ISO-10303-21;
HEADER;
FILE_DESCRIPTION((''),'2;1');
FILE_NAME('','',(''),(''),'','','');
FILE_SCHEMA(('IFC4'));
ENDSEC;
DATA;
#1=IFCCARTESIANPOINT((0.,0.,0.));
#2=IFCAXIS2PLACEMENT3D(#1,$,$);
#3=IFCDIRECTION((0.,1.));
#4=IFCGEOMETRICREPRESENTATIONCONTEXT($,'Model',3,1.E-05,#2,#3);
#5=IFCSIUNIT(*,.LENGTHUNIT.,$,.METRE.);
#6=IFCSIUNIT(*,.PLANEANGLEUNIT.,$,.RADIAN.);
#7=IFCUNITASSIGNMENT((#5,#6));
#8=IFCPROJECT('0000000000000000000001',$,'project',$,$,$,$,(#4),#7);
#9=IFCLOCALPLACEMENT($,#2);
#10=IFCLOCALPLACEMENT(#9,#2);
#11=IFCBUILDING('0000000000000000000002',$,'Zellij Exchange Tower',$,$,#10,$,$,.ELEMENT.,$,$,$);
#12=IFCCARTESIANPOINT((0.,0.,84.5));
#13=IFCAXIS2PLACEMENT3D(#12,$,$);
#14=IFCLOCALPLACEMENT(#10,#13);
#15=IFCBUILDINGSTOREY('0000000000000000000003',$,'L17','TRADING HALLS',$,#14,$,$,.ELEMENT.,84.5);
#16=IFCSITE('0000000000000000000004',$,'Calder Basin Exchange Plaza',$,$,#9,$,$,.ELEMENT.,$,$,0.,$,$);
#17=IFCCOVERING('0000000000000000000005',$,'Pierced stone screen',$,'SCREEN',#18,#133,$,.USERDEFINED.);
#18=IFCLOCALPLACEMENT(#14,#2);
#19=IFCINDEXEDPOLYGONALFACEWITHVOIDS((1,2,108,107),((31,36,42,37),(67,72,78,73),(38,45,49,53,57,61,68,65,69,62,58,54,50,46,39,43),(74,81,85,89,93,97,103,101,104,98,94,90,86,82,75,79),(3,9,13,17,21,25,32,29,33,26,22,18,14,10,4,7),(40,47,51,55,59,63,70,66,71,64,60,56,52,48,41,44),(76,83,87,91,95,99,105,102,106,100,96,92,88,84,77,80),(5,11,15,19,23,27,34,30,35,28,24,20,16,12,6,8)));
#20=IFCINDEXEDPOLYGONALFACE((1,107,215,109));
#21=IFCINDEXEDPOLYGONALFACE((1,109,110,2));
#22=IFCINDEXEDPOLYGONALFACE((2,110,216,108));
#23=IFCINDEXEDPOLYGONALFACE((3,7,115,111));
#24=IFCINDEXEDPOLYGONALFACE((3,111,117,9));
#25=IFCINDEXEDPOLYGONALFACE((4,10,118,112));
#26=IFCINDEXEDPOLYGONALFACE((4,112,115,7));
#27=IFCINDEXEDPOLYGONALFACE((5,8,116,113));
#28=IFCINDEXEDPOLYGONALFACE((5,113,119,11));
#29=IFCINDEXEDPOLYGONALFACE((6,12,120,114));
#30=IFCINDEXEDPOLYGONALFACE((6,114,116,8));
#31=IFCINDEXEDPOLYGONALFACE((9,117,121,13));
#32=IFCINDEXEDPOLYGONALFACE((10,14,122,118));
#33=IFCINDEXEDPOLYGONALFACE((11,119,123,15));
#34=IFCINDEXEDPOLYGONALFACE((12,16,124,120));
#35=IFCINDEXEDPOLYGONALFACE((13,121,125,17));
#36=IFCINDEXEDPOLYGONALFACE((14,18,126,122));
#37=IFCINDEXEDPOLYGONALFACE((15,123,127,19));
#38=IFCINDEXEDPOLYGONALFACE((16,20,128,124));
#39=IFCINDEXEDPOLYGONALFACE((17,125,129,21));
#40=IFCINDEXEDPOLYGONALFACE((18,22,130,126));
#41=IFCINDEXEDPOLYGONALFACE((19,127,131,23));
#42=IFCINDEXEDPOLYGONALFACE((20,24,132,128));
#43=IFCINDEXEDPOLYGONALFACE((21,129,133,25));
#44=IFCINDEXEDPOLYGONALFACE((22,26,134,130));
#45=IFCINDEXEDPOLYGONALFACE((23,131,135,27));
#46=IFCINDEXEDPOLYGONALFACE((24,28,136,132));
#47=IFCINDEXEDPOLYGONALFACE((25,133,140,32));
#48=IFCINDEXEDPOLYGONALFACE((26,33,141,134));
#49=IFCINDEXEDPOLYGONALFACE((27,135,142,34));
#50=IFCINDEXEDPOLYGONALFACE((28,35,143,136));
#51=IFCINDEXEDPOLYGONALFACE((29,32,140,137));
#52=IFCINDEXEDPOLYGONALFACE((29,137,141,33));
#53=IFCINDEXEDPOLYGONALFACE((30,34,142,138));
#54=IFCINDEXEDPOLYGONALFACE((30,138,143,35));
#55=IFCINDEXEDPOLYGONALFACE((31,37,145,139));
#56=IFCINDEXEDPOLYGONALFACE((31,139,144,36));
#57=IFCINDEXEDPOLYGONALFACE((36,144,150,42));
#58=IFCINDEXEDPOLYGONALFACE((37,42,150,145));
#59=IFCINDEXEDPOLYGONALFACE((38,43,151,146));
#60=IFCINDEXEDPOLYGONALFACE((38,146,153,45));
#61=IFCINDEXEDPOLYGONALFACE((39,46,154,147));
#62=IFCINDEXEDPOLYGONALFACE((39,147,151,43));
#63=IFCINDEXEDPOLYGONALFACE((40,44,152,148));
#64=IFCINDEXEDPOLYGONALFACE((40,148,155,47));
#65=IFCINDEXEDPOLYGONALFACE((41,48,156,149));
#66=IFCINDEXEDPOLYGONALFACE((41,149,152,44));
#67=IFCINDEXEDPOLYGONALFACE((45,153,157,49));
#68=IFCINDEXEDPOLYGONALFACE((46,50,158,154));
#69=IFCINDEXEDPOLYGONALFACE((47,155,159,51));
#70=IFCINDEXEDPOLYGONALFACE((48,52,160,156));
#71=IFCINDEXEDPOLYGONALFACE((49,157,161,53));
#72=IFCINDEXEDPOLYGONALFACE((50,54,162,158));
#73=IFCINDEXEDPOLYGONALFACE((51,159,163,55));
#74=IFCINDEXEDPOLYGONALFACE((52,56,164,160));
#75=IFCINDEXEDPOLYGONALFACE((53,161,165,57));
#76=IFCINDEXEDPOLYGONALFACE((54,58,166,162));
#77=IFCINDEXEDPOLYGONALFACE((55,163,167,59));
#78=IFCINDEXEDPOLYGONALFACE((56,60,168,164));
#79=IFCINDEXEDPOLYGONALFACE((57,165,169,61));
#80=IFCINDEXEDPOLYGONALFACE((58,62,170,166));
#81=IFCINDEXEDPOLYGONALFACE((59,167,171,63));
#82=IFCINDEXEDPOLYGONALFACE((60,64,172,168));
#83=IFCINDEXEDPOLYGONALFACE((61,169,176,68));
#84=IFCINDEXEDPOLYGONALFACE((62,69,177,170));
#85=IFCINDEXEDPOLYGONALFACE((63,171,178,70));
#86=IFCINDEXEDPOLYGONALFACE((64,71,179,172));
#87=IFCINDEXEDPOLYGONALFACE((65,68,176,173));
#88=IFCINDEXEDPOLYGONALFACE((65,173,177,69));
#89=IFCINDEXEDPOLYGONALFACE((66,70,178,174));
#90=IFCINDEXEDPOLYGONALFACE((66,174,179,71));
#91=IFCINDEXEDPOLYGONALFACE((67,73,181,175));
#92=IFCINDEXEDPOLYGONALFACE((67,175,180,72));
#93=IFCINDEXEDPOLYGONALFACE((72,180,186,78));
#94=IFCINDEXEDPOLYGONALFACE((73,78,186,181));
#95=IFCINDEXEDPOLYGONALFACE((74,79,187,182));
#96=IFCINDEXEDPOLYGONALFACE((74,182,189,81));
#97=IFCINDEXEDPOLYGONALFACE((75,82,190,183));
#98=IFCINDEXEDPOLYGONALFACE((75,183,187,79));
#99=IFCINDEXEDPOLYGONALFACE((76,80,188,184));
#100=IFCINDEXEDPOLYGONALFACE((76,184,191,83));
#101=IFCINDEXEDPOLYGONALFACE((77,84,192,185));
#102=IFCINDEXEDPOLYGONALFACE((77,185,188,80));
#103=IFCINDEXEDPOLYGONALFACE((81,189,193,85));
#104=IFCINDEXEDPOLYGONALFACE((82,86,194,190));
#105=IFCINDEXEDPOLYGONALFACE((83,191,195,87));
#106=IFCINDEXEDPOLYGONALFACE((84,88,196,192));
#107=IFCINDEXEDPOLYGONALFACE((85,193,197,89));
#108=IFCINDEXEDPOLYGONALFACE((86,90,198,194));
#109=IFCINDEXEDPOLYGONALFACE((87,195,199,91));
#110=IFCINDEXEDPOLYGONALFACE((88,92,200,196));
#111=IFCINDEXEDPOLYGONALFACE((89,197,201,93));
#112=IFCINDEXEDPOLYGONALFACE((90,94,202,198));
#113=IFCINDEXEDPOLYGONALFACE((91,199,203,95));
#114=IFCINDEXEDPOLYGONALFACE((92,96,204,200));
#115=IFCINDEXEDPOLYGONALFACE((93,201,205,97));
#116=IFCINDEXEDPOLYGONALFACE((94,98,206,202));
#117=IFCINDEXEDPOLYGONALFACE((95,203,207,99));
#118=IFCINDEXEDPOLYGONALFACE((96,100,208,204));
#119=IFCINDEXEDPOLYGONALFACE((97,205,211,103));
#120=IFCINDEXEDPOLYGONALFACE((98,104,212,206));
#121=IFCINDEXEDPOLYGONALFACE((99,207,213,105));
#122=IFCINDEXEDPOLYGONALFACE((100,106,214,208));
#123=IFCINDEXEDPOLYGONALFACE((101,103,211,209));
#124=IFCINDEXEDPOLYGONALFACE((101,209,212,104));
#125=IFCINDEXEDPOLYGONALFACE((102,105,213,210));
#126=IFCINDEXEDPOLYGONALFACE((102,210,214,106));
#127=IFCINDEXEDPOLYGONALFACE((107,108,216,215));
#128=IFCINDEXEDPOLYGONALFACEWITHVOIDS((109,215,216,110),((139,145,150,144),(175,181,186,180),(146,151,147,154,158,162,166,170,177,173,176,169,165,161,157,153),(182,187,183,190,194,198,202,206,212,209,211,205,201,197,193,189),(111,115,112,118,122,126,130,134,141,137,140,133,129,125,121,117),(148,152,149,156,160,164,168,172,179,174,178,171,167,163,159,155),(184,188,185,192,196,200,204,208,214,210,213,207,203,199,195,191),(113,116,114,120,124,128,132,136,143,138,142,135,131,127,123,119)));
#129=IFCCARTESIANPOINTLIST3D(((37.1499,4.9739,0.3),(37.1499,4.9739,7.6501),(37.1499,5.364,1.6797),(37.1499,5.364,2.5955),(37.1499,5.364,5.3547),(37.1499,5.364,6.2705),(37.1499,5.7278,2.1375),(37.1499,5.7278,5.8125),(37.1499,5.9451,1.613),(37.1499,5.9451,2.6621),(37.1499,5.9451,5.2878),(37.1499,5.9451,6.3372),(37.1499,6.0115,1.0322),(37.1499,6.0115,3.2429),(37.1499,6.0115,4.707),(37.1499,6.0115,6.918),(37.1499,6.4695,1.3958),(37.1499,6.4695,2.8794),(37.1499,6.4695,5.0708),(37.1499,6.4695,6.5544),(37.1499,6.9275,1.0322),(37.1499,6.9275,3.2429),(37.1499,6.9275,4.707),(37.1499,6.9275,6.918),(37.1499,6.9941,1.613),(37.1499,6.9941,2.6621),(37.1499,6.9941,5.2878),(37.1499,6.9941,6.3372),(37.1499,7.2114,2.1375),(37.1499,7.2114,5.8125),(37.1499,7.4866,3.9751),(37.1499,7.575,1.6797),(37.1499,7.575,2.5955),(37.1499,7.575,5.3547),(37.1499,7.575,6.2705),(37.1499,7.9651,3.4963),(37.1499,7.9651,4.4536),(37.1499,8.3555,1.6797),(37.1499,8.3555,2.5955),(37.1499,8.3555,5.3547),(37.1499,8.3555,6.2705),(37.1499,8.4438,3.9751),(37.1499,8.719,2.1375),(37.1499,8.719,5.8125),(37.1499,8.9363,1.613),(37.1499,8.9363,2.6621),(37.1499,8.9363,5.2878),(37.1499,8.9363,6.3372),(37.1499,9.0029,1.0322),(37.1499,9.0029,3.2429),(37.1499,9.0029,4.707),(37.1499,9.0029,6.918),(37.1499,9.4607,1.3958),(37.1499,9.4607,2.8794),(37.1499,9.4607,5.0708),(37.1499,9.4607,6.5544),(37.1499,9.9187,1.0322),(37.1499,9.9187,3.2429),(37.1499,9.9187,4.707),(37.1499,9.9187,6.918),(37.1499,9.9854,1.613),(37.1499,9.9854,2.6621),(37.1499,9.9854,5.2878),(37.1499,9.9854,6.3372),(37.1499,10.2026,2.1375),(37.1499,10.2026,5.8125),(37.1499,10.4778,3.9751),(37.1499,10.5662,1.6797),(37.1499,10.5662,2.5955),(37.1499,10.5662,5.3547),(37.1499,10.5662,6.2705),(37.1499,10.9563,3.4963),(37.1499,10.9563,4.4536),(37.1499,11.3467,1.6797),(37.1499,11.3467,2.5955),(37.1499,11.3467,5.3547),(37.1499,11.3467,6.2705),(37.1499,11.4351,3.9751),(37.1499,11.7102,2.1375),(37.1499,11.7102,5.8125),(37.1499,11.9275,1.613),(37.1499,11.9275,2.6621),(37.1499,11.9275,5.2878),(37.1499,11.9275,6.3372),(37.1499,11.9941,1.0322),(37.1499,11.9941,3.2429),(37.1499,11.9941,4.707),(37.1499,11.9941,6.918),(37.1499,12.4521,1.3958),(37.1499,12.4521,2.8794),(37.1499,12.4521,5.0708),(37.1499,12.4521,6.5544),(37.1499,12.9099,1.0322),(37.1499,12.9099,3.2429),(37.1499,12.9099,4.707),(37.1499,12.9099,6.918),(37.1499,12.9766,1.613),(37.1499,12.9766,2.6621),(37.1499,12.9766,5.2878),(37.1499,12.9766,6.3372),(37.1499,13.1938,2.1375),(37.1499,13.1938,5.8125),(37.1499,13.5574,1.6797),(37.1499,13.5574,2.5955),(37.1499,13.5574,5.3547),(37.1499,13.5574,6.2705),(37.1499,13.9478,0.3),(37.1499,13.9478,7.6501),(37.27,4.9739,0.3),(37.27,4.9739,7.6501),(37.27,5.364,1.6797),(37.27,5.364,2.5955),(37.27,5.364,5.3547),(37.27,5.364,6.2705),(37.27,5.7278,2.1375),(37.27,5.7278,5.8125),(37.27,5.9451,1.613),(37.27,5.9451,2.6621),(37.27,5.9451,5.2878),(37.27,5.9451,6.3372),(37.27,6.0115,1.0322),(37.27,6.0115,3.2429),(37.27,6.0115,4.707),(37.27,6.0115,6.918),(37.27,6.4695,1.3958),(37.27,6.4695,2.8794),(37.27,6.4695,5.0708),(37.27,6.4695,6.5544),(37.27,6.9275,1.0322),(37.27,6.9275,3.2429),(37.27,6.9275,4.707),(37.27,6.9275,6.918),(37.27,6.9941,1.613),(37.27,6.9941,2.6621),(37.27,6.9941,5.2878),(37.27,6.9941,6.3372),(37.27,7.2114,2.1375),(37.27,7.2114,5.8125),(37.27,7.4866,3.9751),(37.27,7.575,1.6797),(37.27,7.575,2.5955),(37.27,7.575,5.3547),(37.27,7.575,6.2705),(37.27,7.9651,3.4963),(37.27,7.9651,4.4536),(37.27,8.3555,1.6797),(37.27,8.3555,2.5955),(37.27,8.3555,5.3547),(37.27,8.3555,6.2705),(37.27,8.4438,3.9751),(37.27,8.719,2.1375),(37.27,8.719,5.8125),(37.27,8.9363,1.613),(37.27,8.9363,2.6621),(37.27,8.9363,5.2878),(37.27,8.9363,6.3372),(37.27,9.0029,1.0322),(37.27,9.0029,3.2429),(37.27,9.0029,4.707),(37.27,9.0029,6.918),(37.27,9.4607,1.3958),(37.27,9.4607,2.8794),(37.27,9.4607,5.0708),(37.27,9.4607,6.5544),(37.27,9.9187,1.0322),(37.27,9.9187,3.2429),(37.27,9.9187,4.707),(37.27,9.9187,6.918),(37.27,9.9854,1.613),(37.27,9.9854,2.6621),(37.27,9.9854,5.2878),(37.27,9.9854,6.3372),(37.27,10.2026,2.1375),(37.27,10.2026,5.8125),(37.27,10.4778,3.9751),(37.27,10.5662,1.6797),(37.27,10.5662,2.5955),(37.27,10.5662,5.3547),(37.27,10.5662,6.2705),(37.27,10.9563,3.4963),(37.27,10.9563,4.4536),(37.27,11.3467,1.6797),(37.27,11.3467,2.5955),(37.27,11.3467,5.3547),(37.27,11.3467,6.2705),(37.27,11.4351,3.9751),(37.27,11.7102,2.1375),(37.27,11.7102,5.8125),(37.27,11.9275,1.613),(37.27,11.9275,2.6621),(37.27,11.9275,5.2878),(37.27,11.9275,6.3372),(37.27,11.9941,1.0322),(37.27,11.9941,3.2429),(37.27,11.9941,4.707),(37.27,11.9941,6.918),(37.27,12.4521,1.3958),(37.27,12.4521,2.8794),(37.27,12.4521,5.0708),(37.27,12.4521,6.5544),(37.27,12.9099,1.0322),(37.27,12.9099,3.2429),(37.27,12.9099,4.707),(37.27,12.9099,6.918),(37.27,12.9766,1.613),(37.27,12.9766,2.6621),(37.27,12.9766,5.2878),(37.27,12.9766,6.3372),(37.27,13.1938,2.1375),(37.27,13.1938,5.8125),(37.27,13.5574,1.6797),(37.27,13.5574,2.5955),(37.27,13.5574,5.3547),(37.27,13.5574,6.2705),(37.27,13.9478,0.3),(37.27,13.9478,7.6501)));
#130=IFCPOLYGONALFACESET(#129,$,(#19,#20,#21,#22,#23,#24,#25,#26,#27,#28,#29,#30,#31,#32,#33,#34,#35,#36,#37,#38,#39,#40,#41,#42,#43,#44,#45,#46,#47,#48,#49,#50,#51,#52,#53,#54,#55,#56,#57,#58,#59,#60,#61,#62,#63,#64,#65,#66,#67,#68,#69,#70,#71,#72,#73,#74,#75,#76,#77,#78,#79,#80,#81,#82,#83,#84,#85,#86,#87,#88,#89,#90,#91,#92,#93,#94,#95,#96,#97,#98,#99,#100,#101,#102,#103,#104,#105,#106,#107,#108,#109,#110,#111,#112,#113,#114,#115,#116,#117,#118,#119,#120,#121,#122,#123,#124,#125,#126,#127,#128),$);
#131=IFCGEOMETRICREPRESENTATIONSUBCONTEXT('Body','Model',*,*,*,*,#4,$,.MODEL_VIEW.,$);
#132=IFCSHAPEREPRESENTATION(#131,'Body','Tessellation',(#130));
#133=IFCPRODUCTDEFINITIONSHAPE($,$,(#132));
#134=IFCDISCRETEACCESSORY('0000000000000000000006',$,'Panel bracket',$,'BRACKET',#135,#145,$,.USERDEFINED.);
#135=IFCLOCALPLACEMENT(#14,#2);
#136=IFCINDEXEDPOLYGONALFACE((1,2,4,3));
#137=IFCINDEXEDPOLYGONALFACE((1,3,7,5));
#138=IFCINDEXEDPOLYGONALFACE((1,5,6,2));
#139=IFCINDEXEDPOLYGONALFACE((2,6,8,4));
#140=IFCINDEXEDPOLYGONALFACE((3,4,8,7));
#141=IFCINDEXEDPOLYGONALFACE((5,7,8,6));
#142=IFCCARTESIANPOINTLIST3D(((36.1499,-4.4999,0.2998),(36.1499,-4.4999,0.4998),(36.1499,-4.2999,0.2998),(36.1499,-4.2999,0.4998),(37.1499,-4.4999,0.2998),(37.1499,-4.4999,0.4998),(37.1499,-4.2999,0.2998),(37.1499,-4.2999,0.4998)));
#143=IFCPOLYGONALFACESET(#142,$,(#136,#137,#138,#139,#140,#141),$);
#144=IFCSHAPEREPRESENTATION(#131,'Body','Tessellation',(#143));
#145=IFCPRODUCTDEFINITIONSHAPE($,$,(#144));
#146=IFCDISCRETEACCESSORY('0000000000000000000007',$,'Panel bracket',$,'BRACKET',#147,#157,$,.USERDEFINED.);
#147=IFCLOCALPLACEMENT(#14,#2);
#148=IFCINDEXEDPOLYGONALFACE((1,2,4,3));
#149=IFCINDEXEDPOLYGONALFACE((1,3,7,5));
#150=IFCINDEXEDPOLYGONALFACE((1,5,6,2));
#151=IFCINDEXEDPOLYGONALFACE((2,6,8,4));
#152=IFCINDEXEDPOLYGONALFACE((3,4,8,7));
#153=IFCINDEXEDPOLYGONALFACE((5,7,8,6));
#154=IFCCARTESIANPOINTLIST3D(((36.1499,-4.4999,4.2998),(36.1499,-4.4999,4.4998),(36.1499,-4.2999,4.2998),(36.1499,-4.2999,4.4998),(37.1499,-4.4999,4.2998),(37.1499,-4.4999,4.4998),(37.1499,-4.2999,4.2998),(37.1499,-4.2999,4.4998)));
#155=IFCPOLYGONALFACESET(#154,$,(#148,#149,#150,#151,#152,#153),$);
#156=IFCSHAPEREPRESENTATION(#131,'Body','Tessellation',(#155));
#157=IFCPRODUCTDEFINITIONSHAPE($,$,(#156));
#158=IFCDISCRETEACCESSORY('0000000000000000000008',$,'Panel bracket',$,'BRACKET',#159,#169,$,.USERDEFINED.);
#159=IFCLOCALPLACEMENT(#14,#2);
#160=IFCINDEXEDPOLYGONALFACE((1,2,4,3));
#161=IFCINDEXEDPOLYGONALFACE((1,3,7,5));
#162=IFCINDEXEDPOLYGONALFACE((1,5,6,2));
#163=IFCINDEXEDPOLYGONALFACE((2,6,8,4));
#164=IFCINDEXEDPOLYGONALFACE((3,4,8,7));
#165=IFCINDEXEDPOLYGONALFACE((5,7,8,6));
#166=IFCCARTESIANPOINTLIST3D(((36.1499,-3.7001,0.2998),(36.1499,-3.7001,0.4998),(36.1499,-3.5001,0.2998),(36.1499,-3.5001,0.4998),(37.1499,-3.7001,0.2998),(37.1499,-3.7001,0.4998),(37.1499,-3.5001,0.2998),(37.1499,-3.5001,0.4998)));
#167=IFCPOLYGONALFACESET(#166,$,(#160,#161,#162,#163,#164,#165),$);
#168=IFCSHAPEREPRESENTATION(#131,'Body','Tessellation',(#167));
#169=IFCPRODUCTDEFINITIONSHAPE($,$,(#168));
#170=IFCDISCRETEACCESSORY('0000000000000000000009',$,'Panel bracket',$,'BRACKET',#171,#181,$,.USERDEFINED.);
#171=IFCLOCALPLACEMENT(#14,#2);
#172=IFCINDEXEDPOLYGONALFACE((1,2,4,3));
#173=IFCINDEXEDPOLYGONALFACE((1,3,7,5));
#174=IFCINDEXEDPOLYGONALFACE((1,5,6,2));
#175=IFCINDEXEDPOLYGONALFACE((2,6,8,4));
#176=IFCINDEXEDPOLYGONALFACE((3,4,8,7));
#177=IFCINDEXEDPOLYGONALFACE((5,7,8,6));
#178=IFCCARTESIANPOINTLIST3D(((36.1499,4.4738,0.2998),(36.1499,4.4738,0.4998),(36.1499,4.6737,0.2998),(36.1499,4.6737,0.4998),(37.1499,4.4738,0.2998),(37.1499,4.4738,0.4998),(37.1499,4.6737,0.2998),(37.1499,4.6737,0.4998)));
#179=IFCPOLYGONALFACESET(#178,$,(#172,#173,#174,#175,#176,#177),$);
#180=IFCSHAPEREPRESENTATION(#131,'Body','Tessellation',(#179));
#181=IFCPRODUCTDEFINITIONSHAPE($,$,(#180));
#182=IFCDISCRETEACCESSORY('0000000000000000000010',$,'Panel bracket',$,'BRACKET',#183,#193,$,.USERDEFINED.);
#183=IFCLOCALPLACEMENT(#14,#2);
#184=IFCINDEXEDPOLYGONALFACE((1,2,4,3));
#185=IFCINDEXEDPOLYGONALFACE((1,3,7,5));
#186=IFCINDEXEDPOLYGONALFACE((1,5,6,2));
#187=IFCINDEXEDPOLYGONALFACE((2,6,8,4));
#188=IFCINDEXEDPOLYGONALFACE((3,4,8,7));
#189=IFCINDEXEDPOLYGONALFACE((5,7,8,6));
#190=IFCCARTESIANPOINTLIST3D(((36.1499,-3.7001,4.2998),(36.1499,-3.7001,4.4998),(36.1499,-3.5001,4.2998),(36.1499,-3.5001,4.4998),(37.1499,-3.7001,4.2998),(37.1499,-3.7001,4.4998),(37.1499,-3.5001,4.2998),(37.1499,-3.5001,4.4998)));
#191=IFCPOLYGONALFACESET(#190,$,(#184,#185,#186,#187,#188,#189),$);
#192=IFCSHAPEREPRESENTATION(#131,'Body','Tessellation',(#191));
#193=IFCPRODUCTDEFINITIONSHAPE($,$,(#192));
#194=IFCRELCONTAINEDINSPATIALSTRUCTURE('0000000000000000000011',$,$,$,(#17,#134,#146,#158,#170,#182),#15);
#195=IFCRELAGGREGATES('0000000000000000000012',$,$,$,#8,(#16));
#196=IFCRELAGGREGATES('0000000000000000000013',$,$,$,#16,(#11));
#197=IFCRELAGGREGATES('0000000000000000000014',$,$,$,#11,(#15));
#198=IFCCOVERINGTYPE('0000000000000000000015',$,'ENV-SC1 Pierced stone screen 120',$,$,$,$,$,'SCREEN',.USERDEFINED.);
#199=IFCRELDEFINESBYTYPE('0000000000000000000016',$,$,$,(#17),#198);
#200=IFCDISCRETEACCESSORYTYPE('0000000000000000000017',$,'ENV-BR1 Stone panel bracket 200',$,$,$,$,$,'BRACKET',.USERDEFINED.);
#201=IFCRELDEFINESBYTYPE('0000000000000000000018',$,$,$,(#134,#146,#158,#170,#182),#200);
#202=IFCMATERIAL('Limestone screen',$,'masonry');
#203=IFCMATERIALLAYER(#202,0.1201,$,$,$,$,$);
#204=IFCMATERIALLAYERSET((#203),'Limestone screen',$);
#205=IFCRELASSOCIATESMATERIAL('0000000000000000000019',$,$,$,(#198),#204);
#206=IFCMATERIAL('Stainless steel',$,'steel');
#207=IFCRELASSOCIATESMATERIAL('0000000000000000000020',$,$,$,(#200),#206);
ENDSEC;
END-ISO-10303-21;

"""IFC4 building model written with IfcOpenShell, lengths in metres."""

from ifc_helpers import new_model, si_unit, direction, frame, origin, origin_2d, place, context, subcontext, project, spatial, polyline, rectangle, outline, extrude, material, layer, layer_set, type_object, element, save


model = new_model("IFC4")

# Units and contexts
model_context = context("Model", 3, precision=1e-05, world=origin(), true_north=direction((0.0, 1.0)))
body_context = subcontext(model_context, "Body", "Model", "MODEL_VIEW")
ifc_project = project(units=[si_unit("LENGTHUNIT", "METRE"), si_unit("PLANEANGLEUNIT", "RADIAN")], contexts=[model_context])

# Site, building, storey
site_placement = place(None, origin())
site = spatial("IfcSite", under=ifc_project, at=site_placement, Name="Calder Basin Exchange Plaza", CompositionType="ELEMENT", RefElevation=0.0)
building_placement = place(site_placement, origin())
building = spatial("IfcBuilding", under=site, at=building_placement, Name="Zellij Exchange Tower", CompositionType="ELEMENT")
storey_placement = place(building_placement, frame((0.0, 0.0, 84.5)))
storey = spatial("IfcBuildingStorey", under=building, at=storey_placement, Name="L17", Description="TRADING HALLS", CompositionType="ELEMENT", Elevation=84.5)

# Covering
ifc_material_1 = material(Name="Limestone screen", Category="masonry")
ifc_layer_1 = layer(ifc_material_1, 0.1201)
ifc_layer_set_1 = layer_set([ifc_layer_1], Name="Limestone screen")
covering_type = type_object("IfcCoveringType", Name="ENV-SC1 Pierced stone screen 120", ElementType="SCREEN", PredefinedType="USERDEFINED", material=ifc_layer_set_1)
covering_1_placement = place(storey_placement, frame((37.21, 4.9739, 0.3), z_axis=(0.0, 0.0, 1.0), x_axis=(0.0, 1.0, 0.0)))
element("IfcCovering", 1, at=covering_1_placement, inside=storey, type_object=covering_type, Name="Pierced stone screen", ObjectType="SCREEN", PredefinedType="USERDEFINED", context=body_context, shape_type="SweptSolid", body=[
    extrude(outline(polyline([(0.0, 0.0), (8.9739, 0.0), (8.9739, 7.3501), (0.0, 7.3501), (0.0, 0.0)]), holes=[polyline([(2.6011, 2.2954), (2.0203, 2.3621), (1.9536, 2.9429), (1.4956, 2.5793), (1.0376, 2.9429), (0.9712, 2.3621), (0.3901, 2.2954), (0.7539, 1.8374), (0.3901, 1.3796), (0.9712, 1.313), (1.0376, 0.7322), (1.4956, 1.0957), (1.9536, 0.7322), (2.0203, 1.313), (2.6011, 1.3796), (2.2375, 1.8374), (2.6011, 2.2954)]), polyline([(2.6011, 5.9705), (2.0203, 6.0371), (1.9536, 6.6179), (1.4956, 6.2544), (1.0376, 6.6179), (0.9712, 6.0371), (0.3901, 5.9705), (0.7539, 5.5125), (0.3901, 5.0547), (0.9712, 4.9878), (1.0376, 4.407), (1.4956, 4.7708), (1.9536, 4.407), (2.0203, 4.9878), (2.6011, 5.0547), (2.2375, 5.5125), (2.6011, 5.9705)]), polyline([(5.5923, 2.2954), (5.0115, 2.3621), (4.9448, 2.9429), (4.4868, 2.5793), (4.0291, 2.9429), (3.9624, 2.3621), (3.3816, 2.2954), (3.7451, 1.8374), (3.3816, 1.3796), (3.9624, 1.313), (4.0291, 0.7322), (4.4868, 1.0957), (4.9448, 0.7322), (5.0115, 1.313), (5.5923, 1.3796), (5.2288, 1.8374), (5.5923, 2.2954)]), polyline([(5.5923, 5.9705), (5.0115, 6.0371), (4.9448, 6.6179), (4.4868, 6.2544), (4.0291, 6.6179), (3.9624, 6.0371), (3.3816, 5.9705), (3.7451, 5.5125), (3.3816, 5.0547), (3.9624, 4.9878), (4.0291, 4.407), (4.4868, 4.7708), (4.9448, 4.407), (5.0115, 4.9878), (5.5923, 5.0547), (5.2288, 5.5125), (5.5923, 5.9705)]), polyline([(8.5835, 2.2954), (8.0027, 2.3621), (7.936, 2.9429), (7.4783, 2.5793), (7.0203, 2.9429), (6.9536, 2.3621), (6.3728, 2.2954), (6.7363, 1.8374), (6.3728, 1.3796), (6.9536, 1.313), (7.0203, 0.7322), (7.4783, 1.0957), (7.936, 0.7322), (8.0027, 1.313), (8.5835, 1.3796), (8.22, 1.8374), (8.5835, 2.2954)]), polyline([(8.5835, 5.9705), (8.0027, 6.0371), (7.936, 6.6179), (7.4783, 6.2544), (7.0203, 6.6179), (6.9536, 6.0371), (6.3728, 5.9705), (6.7363, 5.5125), (6.3728, 5.0547), (6.9536, 4.9878), (7.0203, 4.407), (7.4783, 4.7708), (7.936, 4.407), (8.0027, 4.9878), (8.5835, 5.0547), (8.22, 5.5125), (8.5835, 5.9705)]), polyline([(3.47, 3.675), (2.9912, 4.1536), (2.5127, 3.675), (2.9912, 3.1963), (3.47, 3.675)]), polyline([(6.4612, 3.675), (5.9824, 4.1536), (5.5039, 3.675), (5.9824, 3.1963), (6.4612, 3.675)])]), frame((0.0, 0.0601, 0.0), z_axis=(0.0, -1.0, 0.0), x_axis=(1.0, 0.0, 0.0)), (0.0, 0.0, 1.0), 0.1201),
])

# Discrete accessories
ifc_material_2 = material(Name="Stainless steel", Category="steel")
discrete_accessory_type = type_object("IfcDiscreteAccessoryType", Name="ENV-BR1 Stone panel bracket 200", ElementType="BRACKET", PredefinedType="USERDEFINED", material=ifc_material_2)
for number, where, z_axis, x_axis, name in (
    (2, (36.6499, -4.3999, 0.2998), (0.0, 0.0, 1.0), (0.0, 1.0, 0.0), "Panel bracket"),
    (3, (36.6499, -4.3999, 4.2998), (0.0, 0.0, 1.0), (0.0, 1.0, 0.0), "Panel bracket"),
    (4, (36.6499, -3.6001, 0.2998), (0.0, 0.0, 1.0), (0.0, 1.0, 0.0), "Panel bracket"),
    (5, (36.6499, 4.5737, 0.2998), (0.0, 0.0, 1.0), (0.0, 1.0, 0.0), "Panel bracket"),
    (6, (36.6499, -3.6001, 4.2998), (0.0, 0.0, 1.0), (0.0, 1.0, 0.0), "Panel bracket"),
):
    element("IfcDiscreteAccessory", number, at=place(storey_placement, frame(where, z_axis=z_axis, x_axis=x_axis)), inside=storey, type_object=discrete_accessory_type, Name=name, ObjectType="BRACKET", PredefinedType="USERDEFINED", context=body_context, shape_type="SweptSolid", body=[
        extrude(rectangle(XDim=0.2, YDim=1.0, at=origin_2d()), origin(), (0.0, 0.0, 1.0), 0.2),
    ])

save(model, "model.ifc")
